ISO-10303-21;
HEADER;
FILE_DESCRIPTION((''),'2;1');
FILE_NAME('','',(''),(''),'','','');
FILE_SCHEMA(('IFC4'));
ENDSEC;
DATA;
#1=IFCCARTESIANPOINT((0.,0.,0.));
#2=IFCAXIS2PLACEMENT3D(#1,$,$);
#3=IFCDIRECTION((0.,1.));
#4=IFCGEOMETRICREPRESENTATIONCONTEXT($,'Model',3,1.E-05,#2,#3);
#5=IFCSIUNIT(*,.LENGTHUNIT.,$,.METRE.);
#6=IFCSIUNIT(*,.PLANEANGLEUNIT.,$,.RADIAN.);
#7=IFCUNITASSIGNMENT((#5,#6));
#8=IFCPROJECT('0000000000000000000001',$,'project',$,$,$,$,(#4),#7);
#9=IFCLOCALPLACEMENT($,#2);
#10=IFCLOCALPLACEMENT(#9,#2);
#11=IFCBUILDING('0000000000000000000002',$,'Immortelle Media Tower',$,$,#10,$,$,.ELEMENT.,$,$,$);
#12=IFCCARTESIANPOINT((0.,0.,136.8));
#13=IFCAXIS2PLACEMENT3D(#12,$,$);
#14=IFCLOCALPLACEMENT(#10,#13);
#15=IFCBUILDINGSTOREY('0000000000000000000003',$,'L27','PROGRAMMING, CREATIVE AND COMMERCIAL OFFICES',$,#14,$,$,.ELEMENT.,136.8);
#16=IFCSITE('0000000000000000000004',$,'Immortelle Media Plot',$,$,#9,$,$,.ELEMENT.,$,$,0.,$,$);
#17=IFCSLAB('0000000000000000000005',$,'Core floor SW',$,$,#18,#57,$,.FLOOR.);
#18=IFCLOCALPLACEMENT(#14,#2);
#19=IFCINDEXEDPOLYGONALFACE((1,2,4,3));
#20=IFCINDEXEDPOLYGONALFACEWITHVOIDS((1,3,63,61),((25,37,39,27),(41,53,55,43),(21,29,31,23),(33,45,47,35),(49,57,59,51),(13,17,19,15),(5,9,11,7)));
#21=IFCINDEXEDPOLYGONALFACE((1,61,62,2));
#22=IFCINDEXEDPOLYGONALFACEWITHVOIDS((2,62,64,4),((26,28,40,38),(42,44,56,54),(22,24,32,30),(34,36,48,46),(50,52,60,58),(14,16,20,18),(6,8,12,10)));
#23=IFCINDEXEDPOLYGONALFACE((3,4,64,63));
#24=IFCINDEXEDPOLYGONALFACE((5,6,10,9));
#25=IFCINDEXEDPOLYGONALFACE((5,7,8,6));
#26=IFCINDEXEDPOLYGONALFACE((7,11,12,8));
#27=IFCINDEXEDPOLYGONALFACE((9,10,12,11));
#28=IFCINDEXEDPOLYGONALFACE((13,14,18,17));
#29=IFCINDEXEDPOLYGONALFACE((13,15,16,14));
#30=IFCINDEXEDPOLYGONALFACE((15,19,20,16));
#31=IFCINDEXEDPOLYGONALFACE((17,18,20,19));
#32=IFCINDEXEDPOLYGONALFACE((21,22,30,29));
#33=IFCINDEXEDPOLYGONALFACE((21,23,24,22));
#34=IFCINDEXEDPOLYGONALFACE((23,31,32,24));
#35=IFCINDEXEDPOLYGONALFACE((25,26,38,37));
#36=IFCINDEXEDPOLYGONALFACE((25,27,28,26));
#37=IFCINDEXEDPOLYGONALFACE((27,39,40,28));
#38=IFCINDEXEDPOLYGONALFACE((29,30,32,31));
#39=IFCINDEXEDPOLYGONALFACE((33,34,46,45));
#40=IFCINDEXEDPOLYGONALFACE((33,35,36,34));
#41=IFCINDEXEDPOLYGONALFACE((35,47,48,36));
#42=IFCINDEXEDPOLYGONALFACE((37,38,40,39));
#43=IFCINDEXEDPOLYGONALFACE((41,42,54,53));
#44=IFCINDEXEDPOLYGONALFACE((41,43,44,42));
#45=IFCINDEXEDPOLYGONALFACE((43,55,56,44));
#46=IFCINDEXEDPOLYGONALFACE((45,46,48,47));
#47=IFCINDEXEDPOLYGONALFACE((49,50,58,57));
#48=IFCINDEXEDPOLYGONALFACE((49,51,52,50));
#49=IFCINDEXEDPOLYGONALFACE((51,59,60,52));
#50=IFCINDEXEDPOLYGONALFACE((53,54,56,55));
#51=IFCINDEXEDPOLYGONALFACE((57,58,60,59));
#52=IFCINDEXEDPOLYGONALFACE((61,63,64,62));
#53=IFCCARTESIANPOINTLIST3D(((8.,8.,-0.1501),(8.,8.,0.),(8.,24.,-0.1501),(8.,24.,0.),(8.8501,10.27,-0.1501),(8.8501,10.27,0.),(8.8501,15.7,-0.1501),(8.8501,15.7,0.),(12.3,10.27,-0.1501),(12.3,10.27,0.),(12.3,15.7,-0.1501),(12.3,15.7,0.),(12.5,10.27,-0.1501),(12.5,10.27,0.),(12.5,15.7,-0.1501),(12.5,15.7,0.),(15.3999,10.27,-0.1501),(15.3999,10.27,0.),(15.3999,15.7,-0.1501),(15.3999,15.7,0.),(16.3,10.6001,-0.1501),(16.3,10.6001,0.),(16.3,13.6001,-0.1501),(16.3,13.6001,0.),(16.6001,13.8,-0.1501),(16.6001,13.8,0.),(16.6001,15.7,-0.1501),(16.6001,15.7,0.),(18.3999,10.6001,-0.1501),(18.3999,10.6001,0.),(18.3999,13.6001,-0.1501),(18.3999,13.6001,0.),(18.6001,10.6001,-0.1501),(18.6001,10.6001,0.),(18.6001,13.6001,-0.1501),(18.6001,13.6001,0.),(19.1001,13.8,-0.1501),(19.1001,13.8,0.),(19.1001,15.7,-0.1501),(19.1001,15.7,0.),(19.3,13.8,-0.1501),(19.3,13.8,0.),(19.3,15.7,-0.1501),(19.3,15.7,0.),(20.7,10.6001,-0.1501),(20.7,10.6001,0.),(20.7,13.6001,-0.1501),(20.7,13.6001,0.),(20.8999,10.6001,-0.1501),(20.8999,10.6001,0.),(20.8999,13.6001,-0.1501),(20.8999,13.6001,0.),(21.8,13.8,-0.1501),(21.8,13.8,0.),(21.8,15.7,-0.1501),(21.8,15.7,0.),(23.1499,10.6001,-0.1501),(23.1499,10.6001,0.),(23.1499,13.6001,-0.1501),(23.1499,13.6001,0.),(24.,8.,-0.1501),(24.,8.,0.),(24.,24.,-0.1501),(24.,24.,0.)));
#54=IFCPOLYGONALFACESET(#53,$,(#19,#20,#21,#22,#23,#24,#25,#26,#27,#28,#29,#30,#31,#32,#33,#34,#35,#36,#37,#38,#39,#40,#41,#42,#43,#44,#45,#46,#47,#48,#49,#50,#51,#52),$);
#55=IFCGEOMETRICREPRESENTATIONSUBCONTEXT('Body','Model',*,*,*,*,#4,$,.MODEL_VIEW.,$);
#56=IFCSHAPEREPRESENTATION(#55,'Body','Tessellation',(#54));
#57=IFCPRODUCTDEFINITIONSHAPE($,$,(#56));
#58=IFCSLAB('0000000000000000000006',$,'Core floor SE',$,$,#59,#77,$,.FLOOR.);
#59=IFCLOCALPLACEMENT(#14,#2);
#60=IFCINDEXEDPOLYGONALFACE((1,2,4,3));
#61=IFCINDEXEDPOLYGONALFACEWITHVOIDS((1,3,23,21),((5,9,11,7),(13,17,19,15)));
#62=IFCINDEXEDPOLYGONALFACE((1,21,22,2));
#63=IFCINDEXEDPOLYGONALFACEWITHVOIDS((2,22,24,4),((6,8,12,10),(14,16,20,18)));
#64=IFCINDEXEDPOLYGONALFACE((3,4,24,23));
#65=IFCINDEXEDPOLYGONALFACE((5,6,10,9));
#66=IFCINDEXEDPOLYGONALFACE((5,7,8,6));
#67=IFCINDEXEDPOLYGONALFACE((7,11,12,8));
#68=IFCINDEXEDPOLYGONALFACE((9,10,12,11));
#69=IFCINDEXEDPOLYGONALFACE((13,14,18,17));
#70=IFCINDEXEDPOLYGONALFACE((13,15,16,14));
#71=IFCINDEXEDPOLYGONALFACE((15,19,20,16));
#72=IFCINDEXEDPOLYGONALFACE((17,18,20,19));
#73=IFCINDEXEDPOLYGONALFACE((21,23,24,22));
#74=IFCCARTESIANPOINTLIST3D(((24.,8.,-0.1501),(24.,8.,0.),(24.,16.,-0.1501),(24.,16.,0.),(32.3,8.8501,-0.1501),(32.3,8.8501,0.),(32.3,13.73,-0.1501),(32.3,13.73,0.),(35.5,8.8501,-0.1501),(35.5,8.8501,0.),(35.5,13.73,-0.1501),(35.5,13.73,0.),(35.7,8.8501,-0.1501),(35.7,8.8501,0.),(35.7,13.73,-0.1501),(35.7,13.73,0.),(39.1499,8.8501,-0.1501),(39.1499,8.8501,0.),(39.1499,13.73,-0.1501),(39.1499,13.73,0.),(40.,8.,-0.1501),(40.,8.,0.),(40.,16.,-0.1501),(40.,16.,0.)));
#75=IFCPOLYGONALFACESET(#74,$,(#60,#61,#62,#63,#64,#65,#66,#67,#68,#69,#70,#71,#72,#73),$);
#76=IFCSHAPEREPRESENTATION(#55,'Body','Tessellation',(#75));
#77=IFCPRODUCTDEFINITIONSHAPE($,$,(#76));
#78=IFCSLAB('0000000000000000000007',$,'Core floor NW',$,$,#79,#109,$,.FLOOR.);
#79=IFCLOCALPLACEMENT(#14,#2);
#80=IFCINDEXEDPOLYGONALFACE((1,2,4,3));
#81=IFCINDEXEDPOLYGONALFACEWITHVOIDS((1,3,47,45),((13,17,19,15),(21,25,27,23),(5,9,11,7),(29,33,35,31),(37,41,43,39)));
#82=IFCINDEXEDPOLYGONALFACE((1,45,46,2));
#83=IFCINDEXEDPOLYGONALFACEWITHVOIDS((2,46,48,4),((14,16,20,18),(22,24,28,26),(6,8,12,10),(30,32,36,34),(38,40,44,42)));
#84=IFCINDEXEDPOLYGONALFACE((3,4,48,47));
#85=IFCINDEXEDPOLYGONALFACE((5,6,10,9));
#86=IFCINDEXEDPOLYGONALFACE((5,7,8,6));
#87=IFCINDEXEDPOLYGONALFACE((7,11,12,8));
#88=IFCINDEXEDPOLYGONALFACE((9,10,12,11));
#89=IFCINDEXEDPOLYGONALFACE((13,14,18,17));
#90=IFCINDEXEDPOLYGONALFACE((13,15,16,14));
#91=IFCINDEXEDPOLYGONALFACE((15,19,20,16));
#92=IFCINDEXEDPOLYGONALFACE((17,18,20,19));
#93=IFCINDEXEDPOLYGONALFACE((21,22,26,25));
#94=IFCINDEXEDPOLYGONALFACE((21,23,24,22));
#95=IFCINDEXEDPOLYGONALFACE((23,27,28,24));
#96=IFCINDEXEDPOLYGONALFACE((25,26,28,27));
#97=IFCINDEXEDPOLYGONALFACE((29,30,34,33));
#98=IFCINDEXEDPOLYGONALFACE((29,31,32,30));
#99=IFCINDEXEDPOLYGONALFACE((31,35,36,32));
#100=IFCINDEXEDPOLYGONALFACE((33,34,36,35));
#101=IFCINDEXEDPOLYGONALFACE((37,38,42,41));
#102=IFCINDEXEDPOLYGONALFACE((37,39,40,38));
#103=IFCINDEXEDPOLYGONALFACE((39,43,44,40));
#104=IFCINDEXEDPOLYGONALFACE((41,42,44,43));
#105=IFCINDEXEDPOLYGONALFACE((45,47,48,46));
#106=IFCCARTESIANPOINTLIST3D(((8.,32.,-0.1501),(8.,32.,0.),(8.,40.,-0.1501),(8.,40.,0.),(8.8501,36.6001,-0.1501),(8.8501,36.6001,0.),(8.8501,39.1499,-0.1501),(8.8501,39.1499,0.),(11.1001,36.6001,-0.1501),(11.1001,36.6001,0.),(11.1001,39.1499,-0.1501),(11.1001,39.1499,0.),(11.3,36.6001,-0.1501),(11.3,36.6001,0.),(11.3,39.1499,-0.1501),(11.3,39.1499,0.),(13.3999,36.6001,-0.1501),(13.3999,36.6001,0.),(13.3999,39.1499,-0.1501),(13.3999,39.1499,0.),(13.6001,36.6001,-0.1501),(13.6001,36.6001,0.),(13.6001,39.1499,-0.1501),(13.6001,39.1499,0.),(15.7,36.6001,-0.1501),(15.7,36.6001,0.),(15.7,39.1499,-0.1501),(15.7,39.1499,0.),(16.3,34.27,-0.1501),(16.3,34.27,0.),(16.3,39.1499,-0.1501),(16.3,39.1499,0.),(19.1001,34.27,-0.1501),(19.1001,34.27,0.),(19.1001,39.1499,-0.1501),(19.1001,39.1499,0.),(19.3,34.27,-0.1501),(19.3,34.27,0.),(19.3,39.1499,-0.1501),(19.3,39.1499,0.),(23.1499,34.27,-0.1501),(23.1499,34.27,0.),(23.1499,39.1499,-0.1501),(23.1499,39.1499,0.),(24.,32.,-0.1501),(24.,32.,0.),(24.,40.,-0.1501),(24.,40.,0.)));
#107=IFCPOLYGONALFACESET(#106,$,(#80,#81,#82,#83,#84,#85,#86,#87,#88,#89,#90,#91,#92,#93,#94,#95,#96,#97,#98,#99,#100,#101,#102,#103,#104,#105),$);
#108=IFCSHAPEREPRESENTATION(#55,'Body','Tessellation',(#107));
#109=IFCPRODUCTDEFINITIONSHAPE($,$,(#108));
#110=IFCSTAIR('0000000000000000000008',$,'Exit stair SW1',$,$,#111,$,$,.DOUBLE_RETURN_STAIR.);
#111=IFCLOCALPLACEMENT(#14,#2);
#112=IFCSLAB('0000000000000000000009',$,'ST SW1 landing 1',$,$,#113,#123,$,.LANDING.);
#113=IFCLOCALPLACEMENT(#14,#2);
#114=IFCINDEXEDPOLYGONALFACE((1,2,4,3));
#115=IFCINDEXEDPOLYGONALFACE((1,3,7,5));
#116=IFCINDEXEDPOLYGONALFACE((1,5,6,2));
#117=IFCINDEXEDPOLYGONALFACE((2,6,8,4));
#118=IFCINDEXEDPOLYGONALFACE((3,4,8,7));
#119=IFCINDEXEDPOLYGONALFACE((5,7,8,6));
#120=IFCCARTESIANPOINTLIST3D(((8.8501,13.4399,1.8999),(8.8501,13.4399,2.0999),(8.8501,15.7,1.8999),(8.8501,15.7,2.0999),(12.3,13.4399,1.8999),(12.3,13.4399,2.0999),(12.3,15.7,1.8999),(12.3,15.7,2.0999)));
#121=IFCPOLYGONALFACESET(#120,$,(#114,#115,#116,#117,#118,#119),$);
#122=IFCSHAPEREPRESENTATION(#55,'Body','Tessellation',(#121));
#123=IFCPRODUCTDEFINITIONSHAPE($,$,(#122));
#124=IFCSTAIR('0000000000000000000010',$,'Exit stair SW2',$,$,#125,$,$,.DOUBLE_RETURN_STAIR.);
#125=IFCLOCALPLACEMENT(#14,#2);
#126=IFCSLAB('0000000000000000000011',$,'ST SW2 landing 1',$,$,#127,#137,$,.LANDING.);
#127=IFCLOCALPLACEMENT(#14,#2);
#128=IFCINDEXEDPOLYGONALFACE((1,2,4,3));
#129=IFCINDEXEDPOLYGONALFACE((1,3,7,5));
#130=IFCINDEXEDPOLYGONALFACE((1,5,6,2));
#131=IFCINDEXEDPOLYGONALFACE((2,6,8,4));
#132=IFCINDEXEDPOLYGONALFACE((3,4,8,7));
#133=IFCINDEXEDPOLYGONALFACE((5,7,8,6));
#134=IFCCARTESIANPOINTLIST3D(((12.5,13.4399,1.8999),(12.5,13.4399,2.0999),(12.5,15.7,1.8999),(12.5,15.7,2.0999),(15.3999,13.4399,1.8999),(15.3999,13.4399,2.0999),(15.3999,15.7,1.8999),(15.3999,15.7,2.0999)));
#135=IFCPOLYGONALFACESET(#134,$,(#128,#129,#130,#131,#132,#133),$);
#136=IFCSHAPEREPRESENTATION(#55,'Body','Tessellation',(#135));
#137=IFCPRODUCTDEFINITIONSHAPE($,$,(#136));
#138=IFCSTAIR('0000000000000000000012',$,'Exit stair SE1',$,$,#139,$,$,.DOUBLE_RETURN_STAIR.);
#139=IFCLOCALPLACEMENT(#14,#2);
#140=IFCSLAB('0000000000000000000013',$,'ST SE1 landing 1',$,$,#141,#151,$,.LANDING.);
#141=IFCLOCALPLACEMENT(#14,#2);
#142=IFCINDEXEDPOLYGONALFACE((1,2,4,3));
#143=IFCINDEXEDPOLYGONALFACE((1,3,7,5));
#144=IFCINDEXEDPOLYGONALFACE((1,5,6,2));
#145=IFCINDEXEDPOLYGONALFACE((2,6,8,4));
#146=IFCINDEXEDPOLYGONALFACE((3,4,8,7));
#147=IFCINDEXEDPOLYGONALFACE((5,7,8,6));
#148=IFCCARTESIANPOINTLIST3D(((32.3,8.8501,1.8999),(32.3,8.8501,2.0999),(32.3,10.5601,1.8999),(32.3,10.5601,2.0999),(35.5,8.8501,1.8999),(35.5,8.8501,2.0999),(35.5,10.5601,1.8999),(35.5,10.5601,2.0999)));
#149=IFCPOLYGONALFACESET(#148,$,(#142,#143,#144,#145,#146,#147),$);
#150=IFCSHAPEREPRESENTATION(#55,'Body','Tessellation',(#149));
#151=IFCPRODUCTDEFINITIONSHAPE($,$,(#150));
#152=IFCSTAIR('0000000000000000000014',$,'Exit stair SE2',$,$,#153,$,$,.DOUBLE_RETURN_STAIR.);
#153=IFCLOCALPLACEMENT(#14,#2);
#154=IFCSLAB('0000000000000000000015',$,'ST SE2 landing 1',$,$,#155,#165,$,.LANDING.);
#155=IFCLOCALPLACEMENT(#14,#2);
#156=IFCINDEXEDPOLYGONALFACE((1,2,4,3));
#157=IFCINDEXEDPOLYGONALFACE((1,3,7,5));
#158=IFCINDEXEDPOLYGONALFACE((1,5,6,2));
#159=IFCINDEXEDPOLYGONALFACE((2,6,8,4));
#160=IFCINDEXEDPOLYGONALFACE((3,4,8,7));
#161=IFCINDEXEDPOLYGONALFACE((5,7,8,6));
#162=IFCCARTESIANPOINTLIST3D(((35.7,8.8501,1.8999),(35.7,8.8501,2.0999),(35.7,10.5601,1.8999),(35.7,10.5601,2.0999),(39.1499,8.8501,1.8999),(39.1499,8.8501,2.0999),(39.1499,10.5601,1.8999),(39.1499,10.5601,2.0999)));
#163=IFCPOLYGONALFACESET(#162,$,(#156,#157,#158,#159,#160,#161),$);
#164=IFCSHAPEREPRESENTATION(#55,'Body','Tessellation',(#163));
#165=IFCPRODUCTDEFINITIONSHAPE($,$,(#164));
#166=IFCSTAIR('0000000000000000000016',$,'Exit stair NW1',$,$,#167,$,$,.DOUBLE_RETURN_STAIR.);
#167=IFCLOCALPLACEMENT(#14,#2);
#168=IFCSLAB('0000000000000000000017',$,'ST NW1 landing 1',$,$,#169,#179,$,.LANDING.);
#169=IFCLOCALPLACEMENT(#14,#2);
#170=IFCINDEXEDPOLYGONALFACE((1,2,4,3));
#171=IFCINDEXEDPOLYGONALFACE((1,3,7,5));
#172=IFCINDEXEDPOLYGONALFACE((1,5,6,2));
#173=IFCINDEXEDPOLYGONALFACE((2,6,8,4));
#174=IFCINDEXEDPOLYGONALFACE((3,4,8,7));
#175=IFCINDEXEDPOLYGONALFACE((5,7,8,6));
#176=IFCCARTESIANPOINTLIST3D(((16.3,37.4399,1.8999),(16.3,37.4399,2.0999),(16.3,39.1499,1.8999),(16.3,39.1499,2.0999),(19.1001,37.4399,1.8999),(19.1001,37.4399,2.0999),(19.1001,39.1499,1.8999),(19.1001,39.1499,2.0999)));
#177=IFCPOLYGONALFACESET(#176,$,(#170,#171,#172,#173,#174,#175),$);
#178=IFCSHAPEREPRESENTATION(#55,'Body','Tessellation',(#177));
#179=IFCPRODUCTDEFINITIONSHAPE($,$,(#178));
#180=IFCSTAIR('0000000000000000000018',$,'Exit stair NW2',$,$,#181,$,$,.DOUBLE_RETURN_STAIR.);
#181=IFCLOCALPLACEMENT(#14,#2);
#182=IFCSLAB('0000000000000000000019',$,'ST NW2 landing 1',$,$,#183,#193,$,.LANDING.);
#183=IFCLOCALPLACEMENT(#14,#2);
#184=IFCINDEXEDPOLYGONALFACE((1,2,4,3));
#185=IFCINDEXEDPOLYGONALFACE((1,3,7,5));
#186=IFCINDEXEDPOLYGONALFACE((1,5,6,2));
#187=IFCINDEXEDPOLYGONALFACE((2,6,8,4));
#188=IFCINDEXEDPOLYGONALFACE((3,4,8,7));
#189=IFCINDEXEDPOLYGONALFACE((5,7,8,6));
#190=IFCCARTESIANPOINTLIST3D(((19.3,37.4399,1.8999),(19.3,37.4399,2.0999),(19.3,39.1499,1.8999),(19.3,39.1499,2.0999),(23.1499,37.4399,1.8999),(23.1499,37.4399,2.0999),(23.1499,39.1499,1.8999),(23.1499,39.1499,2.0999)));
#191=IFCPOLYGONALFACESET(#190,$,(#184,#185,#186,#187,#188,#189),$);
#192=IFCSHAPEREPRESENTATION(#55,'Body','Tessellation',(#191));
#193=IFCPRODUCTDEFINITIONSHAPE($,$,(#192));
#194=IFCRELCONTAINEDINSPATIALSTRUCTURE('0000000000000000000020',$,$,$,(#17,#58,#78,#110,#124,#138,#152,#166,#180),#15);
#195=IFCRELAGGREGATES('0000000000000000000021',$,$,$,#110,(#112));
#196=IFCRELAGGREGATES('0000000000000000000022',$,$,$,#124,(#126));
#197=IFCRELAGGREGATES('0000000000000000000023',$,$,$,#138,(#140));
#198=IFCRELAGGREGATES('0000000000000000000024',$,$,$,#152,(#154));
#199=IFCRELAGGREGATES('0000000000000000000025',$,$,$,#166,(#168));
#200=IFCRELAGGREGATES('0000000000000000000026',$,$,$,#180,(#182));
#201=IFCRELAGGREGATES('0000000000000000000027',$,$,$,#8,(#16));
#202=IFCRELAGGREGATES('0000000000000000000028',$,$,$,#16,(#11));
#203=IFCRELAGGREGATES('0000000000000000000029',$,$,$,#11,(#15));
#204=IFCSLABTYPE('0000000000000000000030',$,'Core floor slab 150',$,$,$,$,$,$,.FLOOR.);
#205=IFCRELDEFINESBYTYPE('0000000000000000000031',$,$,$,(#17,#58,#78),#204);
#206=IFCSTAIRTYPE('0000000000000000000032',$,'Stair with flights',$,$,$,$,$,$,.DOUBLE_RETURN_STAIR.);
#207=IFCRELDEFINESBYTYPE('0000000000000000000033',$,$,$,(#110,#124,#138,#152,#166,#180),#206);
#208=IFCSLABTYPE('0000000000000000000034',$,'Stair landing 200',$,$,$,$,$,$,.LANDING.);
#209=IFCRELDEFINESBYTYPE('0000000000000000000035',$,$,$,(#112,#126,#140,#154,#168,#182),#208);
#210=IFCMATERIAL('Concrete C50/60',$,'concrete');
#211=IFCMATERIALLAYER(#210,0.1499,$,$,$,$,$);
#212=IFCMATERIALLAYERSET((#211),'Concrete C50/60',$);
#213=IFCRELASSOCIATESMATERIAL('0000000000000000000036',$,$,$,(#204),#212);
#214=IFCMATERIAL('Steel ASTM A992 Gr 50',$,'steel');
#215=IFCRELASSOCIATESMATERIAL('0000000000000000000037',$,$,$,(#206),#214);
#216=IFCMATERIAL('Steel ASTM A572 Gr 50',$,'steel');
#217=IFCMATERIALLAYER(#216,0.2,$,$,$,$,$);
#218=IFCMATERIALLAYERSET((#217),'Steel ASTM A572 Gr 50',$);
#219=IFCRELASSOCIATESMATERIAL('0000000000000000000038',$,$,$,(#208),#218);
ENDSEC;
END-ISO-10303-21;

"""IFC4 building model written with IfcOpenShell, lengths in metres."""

from ifc_helpers import new_model, si_unit, direction, frame, origin, place, context, subcontext, project, spatial, polyline, outline, extrude, material, layer, layer_set, type_object, element, aggregate, save


model = new_model("IFC4")

# Units and contexts
model_context = context("Model", 3, precision=1e-05, world=origin(), true_north=direction((0.0, 1.0)))
body_context = subcontext(model_context, "Body", "Model", "MODEL_VIEW")
ifc_project = project(units=[si_unit("LENGTHUNIT", "METRE"), si_unit("PLANEANGLEUNIT", "RADIAN")], contexts=[model_context])

# Site, building, storey
site_placement = place(None, origin())
site = spatial("IfcSite", under=ifc_project, at=site_placement, Name="Immortelle Media Plot", CompositionType="ELEMENT", RefElevation=0.0)
building_placement = place(site_placement, origin())
building = spatial("IfcBuilding", under=site, at=building_placement, Name="Immortelle Media Tower", CompositionType="ELEMENT")
storey_placement = place(building_placement, frame((0.0, 0.0, 136.8)))
storey = spatial("IfcBuildingStorey", under=building, at=storey_placement, Name="L27", Description="PROGRAMMING, CREATIVE AND COMMERCIAL OFFICES", CompositionType="ELEMENT", Elevation=136.8)

# Slabs
ifc_material_1 = material(Name="Concrete C50/60", Category="concrete")
ifc_layer_1 = layer(ifc_material_1, 0.1499)
ifc_layer_set_1 = layer_set([ifc_layer_1], Name="Concrete C50/60")
slab_type_1 = type_object("IfcSlabType", Name="Core floor slab 150", PredefinedType="FLOOR", material=ifc_layer_set_1)
slab_1_placement = place(storey_placement, frame((0.0, 0.0, -0.1501)))
element("IfcSlab", 1, at=slab_1_placement, inside=storey, type_object=slab_type_1, Name="Core floor SW", PredefinedType="FLOOR", context=body_context, shape_type="SweptSolid", body=[
    extrude(outline(polyline([(8.0, 8.0), (24.0, 8.0), (24.0, 24.0), (8.0, 24.0), (8.0, 8.0)]), holes=[polyline([(16.6001, 13.8), (19.1001, 13.8), (19.1001, 15.7), (16.6001, 15.7), (16.6001, 13.8)]), polyline([(19.3, 13.8), (21.8, 13.8), (21.8, 15.7), (19.3, 15.7), (19.3, 13.8)]), polyline([(16.3, 10.6001), (18.3999, 10.6001), (18.3999, 13.6001), (16.3, 13.6001), (16.3, 10.6001)]), polyline([(18.6001, 10.6001), (20.7, 10.6001), (20.7, 13.6001), (18.6001, 13.6001), (18.6001, 10.6001)]), polyline([(20.8999, 10.6001), (23.1499, 10.6001), (23.1499, 13.6001), (20.8999, 13.6001), (20.8999, 10.6001)]), polyline([(8.8501, 10.27), (12.3, 10.27), (12.3, 15.7), (8.8501, 15.7), (8.8501, 10.27)]), polyline([(12.5, 10.27), (15.3999, 10.27), (15.3999, 15.7), (12.5, 15.7), (12.5, 10.27)])]), origin(), (0.0, 0.0, 1.0), 0.1501),
])
slab_2_placement = place(storey_placement, frame((0.0, 0.0, -0.1501)))
element("IfcSlab", 2, at=slab_2_placement, inside=storey, type_object=slab_type_1, Name="Core floor SE", PredefinedType="FLOOR", context=body_context, shape_type="SweptSolid", body=[
    extrude(outline(polyline([(24.0, 8.0), (40.0, 8.0), (40.0, 16.0), (24.0, 16.0), (24.0, 8.0)]), holes=[polyline([(32.3, 8.8501), (35.5, 8.8501), (35.5, 13.73), (32.3, 13.73), (32.3, 8.8501)]), polyline([(35.7, 8.8501), (39.1499, 8.8501), (39.1499, 13.73), (35.7, 13.73), (35.7, 8.8501)])]), origin(), (0.0, 0.0, 1.0), 0.1501),
])
slab_3_placement = place(storey_placement, frame((0.0, 0.0, -0.1501)))
element("IfcSlab", 3, at=slab_3_placement, inside=storey, type_object=slab_type_1, Name="Core floor NW", PredefinedType="FLOOR", context=body_context, shape_type="SweptSolid", body=[
    extrude(outline(polyline([(8.0, 32.0), (24.0, 32.0), (24.0, 40.0), (8.0, 40.0), (8.0, 32.0)]), holes=[polyline([(8.8501, 36.6001), (11.1001, 36.6001), (11.1001, 39.1499), (8.8501, 39.1499), (8.8501, 36.6001)]), polyline([(11.3, 36.6001), (13.3999, 36.6001), (13.3999, 39.1499), (11.3, 39.1499), (11.3, 36.6001)]), polyline([(13.6001, 36.6001), (15.7, 36.6001), (15.7, 39.1499), (13.6001, 39.1499), (13.6001, 36.6001)]), polyline([(16.3, 34.27), (19.1001, 34.27), (19.1001, 39.1499), (16.3, 39.1499), (16.3, 34.27)]), polyline([(19.3, 34.27), (23.1499, 34.27), (23.1499, 39.1499), (19.3, 39.1499), (19.3, 34.27)])]), origin(), (0.0, 0.0, 1.0), 0.1501),
])

# Stairs, slabs
ifc_material_2 = material(Name="Steel ASTM A992 Gr 50", Category="steel")
stair_type = type_object("IfcStairType", Name="Stair with flights", PredefinedType="DOUBLE_RETURN_STAIR", material=ifc_material_2)
stair_1_placement = place(storey_placement, origin())
stair_1 = element("IfcStair", 4, at=stair_1_placement, inside=storey, type_object=stair_type, Name="Exit stair SW1", PredefinedType="DOUBLE_RETURN_STAIR")
ifc_material_3 = material(Name="Steel ASTM A572 Gr 50", Category="steel")
ifc_layer_2 = layer(ifc_material_3, 0.2)
ifc_layer_set_2 = layer_set([ifc_layer_2], Name="Steel ASTM A572 Gr 50")
slab_type_2 = type_object("IfcSlabType", Name="Stair landing 200", PredefinedType="LANDING", material=ifc_layer_set_2)
slab_4_placement = place(storey_placement, frame((0.0, 0.0, 1.8999)))
slab_4 = element("IfcSlab", 5, at=slab_4_placement, type_object=slab_type_2, Name="ST SW1 landing 1", PredefinedType="LANDING", context=body_context, shape_type="SweptSolid", body=[
    extrude(outline(polyline([(8.8501, 13.4399), (12.3, 13.4399), (12.3, 15.7), (8.8501, 15.7), (8.8501, 13.4399)])), origin(), (0.0, 0.0, 1.0), 0.2),
])
aggregate(stair_1, [slab_4])
stair_2_placement = place(storey_placement, origin())
stair_2 = element("IfcStair", 6, at=stair_2_placement, inside=storey, type_object=stair_type, Name="Exit stair SW2", PredefinedType="DOUBLE_RETURN_STAIR")
slab_5_placement = place(storey_placement, frame((0.0, 0.0, 1.8999)))
slab_5 = element("IfcSlab", 7, at=slab_5_placement, type_object=slab_type_2, Name="ST SW2 landing 1", PredefinedType="LANDING", context=body_context, shape_type="SweptSolid", body=[
    extrude(outline(polyline([(12.5, 13.4399), (15.3999, 13.4399), (15.3999, 15.7), (12.5, 15.7), (12.5, 13.4399)])), origin(), (0.0, 0.0, 1.0), 0.2),
])
aggregate(stair_2, [slab_5])
stair_3_placement = place(storey_placement, origin())
stair_3 = element("IfcStair", 8, at=stair_3_placement, inside=storey, type_object=stair_type, Name="Exit stair SE1", PredefinedType="DOUBLE_RETURN_STAIR")
slab_6_placement = place(storey_placement, frame((0.0, 0.0, 1.8999)))
slab_6 = element("IfcSlab", 9, at=slab_6_placement, type_object=slab_type_2, Name="ST SE1 landing 1", PredefinedType="LANDING", context=body_context, shape_type="SweptSolid", body=[
    extrude(outline(polyline([(32.3, 8.8501), (35.5, 8.8501), (35.5, 10.5601), (32.3, 10.5601), (32.3, 8.8501)])), origin(), (0.0, 0.0, 1.0), 0.2),
])
aggregate(stair_3, [slab_6])
stair_4_placement = place(storey_placement, origin())
stair_4 = element("IfcStair", 10, at=stair_4_placement, inside=storey, type_object=stair_type, Name="Exit stair SE2", PredefinedType="DOUBLE_RETURN_STAIR")
slab_7_placement = place(storey_placement, frame((0.0, 0.0, 1.8999)))
slab_7 = element("IfcSlab", 11, at=slab_7_placement, type_object=slab_type_2, Name="ST SE2 landing 1", PredefinedType="LANDING", context=body_context, shape_type="SweptSolid", body=[
    extrude(outline(polyline([(35.7, 8.8501), (39.1499, 8.8501), (39.1499, 10.5601), (35.7, 10.5601), (35.7, 8.8501)])), origin(), (0.0, 0.0, 1.0), 0.2),
])
aggregate(stair_4, [slab_7])
stair_5_placement = place(storey_placement, origin())
stair_5 = element("IfcStair", 12, at=stair_5_placement, inside=storey, type_object=stair_type, Name="Exit stair NW1", PredefinedType="DOUBLE_RETURN_STAIR")
slab_8_placement = place(storey_placement, frame((0.0, 0.0, 1.8999)))
slab_8 = element("IfcSlab", 13, at=slab_8_placement, type_object=slab_type_2, Name="ST NW1 landing 1", PredefinedType="LANDING", context=body_context, shape_type="SweptSolid", body=[
    extrude(outline(polyline([(16.3, 37.4399), (19.1001, 37.4399), (19.1001, 39.1499), (16.3, 39.1499), (16.3, 37.4399)])), origin(), (0.0, 0.0, 1.0), 0.2),
])
aggregate(stair_5, [slab_8])
stair_6_placement = place(storey_placement, origin())
stair_6 = element("IfcStair", 14, at=stair_6_placement, inside=storey, type_object=stair_type, Name="Exit stair NW2", PredefinedType="DOUBLE_RETURN_STAIR")
slab_9_placement = place(storey_placement, frame((0.0, 0.0, 1.8999)))
slab_9 = element("IfcSlab", 15, at=slab_9_placement, type_object=slab_type_2, Name="ST NW2 landing 1", PredefinedType="LANDING", context=body_context, shape_type="SweptSolid", body=[
    extrude(outline(polyline([(19.3, 37.4399), (23.1499, 37.4399), (23.1499, 39.1499), (19.3, 39.1499), (19.3, 37.4399)])), origin(), (0.0, 0.0, 1.0), 0.2),
])
aggregate(stair_6, [slab_9])

save(model, "model.ifc")
